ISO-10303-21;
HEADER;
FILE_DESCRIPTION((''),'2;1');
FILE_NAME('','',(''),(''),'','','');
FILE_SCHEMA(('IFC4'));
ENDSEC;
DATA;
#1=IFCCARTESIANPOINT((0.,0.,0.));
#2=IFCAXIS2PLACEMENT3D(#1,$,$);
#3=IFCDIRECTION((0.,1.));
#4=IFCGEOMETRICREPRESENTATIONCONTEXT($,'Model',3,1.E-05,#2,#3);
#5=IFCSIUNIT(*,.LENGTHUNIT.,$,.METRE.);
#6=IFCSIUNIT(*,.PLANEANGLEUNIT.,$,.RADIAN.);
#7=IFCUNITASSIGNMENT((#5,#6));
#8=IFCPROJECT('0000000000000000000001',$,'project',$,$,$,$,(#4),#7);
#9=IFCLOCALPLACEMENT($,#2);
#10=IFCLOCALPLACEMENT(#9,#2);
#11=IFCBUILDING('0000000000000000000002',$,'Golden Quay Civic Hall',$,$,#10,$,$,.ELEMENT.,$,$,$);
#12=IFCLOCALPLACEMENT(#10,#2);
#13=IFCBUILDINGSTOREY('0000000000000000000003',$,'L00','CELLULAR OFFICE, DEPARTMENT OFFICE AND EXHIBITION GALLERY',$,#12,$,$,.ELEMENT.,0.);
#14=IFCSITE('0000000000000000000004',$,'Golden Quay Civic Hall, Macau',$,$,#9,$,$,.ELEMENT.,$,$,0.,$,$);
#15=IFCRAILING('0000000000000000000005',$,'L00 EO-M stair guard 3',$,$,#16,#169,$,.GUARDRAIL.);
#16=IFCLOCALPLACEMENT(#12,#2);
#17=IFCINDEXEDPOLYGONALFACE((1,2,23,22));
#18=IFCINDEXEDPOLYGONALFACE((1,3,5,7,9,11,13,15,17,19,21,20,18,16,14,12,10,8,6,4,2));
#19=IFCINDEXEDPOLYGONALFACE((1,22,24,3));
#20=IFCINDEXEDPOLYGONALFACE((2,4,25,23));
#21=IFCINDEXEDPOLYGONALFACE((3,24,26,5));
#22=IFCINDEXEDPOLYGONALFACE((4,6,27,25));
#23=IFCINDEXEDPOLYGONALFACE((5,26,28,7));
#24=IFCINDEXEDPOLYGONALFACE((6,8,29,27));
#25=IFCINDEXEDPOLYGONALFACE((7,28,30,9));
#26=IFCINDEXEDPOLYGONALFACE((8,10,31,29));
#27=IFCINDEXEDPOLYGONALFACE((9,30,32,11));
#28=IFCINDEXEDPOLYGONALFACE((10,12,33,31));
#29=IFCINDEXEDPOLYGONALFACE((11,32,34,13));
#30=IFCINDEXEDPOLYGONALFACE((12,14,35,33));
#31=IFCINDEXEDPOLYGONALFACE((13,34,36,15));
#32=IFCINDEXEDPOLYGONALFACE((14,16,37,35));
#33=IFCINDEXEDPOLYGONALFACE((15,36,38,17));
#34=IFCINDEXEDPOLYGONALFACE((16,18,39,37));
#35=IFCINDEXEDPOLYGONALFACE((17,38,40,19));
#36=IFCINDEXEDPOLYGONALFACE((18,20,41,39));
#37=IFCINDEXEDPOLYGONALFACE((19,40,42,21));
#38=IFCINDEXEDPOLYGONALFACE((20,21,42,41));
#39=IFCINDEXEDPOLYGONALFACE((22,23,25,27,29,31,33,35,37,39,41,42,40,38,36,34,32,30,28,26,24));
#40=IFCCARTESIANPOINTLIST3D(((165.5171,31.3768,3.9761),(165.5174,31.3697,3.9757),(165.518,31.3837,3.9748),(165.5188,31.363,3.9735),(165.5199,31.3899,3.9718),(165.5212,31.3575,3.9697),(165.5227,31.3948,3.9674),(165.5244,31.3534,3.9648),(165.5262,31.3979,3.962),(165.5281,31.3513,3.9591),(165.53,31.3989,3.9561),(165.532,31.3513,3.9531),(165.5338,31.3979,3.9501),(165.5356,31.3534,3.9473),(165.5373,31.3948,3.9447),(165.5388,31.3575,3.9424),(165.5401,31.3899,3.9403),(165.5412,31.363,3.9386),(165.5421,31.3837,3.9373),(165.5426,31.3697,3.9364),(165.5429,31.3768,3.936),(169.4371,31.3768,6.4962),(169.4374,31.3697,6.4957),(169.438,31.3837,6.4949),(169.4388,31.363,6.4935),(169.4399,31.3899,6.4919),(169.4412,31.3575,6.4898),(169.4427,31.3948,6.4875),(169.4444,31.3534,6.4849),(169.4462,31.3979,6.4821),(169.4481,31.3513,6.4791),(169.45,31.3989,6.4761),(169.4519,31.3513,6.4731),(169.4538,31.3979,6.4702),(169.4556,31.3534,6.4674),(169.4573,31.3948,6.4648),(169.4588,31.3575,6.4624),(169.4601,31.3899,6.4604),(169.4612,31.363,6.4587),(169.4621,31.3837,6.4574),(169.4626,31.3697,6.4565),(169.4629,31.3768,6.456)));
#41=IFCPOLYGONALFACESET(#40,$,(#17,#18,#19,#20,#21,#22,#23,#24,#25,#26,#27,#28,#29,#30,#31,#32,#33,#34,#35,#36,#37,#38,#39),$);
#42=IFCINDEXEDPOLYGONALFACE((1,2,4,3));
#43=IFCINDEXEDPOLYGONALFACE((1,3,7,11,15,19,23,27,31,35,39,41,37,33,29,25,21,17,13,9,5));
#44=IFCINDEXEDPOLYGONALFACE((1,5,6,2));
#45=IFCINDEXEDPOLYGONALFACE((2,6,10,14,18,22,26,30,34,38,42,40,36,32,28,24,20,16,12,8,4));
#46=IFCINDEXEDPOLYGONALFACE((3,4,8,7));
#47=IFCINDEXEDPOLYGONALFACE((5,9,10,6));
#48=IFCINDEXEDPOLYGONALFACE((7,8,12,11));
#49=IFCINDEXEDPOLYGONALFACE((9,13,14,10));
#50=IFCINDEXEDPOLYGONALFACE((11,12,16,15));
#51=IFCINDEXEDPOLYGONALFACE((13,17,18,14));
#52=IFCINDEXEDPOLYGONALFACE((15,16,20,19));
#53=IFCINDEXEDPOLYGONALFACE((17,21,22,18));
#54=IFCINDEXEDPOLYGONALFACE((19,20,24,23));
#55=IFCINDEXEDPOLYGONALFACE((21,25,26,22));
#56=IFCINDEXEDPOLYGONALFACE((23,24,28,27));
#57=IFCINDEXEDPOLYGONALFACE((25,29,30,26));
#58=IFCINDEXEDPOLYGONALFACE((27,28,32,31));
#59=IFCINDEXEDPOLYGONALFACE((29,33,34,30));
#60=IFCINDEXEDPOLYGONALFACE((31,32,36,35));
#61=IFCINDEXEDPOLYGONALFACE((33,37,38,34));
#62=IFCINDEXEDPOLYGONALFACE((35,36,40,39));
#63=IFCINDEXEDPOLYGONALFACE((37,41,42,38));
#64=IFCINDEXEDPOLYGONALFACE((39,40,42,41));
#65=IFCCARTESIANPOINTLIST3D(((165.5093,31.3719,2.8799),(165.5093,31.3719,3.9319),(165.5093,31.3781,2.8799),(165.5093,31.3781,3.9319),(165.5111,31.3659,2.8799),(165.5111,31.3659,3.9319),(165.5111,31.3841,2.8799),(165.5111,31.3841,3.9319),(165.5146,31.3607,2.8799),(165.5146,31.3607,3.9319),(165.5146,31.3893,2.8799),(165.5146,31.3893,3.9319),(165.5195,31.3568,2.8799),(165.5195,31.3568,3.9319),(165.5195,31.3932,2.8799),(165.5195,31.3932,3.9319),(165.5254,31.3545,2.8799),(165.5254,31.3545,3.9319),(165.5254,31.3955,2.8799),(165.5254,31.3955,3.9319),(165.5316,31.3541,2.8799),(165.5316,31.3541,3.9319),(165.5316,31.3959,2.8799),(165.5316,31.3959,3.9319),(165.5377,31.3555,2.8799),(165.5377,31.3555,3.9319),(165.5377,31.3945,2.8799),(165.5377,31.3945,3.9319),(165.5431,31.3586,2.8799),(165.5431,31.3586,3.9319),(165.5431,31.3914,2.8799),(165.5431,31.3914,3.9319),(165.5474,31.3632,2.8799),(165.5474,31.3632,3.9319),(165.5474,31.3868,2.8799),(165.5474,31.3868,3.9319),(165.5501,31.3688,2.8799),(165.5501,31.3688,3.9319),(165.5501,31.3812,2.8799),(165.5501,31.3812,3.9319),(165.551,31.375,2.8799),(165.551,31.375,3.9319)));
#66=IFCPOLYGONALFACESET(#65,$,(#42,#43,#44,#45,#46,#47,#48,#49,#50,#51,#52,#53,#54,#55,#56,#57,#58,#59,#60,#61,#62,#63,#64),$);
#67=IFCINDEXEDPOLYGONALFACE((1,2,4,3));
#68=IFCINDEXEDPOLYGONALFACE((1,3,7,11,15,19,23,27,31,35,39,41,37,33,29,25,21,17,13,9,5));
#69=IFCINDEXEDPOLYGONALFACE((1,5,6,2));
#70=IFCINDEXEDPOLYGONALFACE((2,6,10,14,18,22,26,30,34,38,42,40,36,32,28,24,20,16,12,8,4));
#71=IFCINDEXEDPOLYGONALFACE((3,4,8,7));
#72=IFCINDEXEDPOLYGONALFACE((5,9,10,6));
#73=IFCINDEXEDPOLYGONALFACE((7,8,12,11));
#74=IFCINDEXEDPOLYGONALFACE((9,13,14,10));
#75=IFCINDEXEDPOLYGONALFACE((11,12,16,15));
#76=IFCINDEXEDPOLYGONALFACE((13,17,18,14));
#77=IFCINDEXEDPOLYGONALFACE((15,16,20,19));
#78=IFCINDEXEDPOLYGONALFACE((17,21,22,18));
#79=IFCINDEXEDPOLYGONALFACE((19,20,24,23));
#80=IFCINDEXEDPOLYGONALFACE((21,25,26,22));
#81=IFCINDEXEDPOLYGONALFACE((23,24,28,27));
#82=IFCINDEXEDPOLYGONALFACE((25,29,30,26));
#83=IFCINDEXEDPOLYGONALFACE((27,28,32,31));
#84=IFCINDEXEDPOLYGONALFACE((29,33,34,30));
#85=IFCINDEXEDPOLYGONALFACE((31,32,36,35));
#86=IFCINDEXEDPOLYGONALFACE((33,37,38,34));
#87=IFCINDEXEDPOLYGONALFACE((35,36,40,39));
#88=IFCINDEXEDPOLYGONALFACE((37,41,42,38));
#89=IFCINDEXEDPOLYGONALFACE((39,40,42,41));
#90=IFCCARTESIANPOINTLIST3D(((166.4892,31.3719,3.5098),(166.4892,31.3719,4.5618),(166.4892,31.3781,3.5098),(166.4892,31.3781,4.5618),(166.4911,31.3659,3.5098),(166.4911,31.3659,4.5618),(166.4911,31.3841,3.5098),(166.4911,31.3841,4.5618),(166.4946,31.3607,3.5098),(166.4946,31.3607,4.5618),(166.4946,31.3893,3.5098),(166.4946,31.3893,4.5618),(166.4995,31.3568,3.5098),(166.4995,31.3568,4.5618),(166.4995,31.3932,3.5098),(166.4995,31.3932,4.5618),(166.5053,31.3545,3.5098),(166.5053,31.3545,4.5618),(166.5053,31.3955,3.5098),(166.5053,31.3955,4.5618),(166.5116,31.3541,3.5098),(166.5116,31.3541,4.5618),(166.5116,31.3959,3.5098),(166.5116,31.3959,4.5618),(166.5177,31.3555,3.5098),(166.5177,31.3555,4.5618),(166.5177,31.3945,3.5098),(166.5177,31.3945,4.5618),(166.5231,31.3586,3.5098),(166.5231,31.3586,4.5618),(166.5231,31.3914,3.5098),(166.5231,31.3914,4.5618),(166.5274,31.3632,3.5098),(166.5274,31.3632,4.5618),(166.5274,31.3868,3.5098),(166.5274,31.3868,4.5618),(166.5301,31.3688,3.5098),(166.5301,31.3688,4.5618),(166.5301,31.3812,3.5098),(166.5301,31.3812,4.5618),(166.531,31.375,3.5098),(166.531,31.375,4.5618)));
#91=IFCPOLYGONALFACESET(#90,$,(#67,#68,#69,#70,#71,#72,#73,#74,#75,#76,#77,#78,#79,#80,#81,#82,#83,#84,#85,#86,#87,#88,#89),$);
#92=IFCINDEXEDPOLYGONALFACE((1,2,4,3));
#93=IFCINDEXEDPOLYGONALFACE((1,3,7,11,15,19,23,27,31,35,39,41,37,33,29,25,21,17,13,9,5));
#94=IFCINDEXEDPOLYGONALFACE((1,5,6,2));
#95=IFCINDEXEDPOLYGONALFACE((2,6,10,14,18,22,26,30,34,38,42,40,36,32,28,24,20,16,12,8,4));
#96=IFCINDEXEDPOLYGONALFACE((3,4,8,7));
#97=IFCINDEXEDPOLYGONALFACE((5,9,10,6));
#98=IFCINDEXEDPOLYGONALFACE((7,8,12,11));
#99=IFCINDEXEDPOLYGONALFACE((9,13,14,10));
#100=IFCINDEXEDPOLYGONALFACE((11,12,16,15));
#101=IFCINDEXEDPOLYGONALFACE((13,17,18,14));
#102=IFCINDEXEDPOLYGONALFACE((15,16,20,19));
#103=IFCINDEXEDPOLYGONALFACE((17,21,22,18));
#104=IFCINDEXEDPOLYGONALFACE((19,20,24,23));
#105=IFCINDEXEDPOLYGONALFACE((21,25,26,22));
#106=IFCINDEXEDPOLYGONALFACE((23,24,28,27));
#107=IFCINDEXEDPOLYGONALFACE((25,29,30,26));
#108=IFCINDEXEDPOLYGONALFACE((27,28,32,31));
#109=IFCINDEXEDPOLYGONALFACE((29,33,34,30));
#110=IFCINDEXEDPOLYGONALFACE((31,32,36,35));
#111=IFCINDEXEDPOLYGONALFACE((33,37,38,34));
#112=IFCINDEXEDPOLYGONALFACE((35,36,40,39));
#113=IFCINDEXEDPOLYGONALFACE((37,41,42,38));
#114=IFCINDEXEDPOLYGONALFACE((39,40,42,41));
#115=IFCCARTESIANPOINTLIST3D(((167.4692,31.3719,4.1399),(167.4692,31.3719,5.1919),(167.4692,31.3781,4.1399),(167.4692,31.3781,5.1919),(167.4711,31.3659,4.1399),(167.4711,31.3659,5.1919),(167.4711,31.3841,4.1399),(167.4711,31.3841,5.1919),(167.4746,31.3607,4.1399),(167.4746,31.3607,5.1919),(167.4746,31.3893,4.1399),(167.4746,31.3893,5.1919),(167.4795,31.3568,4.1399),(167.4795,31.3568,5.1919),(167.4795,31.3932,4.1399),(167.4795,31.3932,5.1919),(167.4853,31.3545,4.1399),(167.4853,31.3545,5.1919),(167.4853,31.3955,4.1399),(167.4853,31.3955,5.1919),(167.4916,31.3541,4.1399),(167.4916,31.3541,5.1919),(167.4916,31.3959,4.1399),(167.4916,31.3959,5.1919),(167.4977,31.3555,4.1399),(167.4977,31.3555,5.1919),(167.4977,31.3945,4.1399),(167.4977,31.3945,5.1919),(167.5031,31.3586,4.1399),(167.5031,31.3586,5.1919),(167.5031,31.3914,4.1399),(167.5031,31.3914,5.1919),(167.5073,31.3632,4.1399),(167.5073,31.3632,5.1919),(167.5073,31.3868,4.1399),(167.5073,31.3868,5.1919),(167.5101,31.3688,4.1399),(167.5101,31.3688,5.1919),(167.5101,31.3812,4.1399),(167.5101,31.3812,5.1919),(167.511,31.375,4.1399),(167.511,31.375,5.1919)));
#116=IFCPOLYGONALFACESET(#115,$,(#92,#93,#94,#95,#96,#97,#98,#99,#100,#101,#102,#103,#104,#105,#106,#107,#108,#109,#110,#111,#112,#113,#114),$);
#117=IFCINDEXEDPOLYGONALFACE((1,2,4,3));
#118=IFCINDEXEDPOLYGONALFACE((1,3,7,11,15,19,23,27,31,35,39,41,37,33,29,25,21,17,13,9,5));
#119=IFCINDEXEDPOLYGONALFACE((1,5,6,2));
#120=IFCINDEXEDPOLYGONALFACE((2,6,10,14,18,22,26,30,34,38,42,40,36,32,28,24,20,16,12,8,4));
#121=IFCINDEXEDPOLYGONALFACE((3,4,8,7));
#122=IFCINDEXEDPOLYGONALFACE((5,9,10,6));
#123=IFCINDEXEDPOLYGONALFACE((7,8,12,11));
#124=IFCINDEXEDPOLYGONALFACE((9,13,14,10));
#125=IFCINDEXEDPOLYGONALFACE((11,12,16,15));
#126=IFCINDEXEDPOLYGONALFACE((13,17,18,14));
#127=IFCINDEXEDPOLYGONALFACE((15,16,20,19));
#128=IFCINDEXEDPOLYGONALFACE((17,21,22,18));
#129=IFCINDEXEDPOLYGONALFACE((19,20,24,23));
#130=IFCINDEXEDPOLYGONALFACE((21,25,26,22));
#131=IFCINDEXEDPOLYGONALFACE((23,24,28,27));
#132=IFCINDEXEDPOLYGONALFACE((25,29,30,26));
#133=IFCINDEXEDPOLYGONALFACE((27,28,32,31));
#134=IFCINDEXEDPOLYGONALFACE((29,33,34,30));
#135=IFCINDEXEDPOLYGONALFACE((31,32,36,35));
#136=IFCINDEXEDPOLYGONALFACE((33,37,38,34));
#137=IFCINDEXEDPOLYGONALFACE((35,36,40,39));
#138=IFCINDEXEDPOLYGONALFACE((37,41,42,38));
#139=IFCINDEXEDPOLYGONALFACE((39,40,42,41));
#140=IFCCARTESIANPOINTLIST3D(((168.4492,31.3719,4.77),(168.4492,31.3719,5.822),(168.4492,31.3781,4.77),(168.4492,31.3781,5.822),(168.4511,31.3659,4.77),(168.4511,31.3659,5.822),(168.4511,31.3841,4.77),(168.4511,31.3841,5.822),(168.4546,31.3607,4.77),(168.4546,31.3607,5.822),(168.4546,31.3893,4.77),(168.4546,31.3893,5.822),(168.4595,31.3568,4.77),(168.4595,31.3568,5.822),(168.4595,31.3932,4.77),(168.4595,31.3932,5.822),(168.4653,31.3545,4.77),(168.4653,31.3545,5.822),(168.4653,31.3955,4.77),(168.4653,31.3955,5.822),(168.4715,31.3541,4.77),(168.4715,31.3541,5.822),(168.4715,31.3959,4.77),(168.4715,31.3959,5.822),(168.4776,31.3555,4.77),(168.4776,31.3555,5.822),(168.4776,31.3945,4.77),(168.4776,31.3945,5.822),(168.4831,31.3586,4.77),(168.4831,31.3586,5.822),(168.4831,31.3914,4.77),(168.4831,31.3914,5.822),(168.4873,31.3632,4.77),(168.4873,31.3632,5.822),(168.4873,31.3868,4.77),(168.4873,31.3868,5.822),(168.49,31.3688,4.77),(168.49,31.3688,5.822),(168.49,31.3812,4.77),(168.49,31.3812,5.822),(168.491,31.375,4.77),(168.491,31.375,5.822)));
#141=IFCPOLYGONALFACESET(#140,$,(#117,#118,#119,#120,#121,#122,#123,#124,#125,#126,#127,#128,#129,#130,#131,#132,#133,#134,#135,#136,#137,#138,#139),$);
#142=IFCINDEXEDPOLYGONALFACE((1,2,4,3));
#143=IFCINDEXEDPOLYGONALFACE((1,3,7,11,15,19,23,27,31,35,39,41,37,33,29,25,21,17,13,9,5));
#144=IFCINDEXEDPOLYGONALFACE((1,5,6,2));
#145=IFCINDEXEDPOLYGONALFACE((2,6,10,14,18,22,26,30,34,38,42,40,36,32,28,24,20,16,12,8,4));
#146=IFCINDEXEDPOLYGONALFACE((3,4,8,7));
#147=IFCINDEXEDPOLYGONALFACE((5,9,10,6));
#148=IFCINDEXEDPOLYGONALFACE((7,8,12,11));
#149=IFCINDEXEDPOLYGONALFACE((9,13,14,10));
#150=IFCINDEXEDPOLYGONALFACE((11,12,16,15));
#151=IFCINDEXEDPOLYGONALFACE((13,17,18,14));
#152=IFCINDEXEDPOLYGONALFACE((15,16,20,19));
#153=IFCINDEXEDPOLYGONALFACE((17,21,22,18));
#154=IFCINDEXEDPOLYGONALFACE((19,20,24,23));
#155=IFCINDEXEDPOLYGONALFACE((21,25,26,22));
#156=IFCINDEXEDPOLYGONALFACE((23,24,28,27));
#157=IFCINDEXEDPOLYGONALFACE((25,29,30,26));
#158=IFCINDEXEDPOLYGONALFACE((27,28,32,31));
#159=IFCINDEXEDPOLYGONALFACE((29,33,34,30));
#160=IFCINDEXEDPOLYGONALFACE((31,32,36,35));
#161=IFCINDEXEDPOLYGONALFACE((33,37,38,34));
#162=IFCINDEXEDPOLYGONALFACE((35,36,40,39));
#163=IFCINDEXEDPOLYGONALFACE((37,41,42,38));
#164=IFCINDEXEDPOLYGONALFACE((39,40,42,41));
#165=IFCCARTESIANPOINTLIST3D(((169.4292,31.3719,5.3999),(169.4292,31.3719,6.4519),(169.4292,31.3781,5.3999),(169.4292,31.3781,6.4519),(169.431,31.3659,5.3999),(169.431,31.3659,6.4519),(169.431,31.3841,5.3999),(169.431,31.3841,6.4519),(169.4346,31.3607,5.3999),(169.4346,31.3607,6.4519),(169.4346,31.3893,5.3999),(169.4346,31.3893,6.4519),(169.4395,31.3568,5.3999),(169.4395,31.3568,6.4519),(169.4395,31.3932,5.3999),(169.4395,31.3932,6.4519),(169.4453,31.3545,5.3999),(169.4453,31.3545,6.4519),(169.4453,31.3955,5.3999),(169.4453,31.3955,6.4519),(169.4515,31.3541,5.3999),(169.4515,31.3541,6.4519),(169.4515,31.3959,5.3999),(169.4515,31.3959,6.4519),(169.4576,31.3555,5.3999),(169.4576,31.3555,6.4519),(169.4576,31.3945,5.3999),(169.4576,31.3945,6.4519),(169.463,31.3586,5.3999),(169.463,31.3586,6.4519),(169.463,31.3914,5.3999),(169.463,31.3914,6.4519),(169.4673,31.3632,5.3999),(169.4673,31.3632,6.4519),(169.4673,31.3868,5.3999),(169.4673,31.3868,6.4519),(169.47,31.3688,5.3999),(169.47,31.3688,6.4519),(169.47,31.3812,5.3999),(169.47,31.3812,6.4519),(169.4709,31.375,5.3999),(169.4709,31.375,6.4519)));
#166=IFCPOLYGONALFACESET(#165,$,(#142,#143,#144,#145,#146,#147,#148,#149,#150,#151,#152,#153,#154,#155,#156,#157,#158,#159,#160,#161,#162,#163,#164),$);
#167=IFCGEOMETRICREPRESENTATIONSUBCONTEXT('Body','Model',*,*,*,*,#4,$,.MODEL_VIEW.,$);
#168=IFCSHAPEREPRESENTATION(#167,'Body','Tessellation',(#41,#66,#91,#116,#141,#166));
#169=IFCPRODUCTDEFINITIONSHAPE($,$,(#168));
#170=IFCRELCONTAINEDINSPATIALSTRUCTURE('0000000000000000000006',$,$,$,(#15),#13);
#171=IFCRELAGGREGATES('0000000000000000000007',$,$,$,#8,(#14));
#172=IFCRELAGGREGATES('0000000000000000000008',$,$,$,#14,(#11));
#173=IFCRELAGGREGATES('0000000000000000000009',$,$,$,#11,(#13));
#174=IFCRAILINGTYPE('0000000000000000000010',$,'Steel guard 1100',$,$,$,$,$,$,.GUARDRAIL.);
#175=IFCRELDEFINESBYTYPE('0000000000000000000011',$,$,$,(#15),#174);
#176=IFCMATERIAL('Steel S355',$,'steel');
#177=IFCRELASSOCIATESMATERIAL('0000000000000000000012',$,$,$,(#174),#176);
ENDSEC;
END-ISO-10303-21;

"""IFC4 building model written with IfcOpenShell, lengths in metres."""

from ifc_helpers import new_model, si_unit, direction, frame, origin, origin_2d, place, context, subcontext, project, spatial, circle, extrude, material, type_object, element, save


model = new_model("IFC4")

# Units and contexts
model_context = context("Model", 3, precision=1e-05, world=origin(), true_north=direction((0.0, 1.0)))
body_context = subcontext(model_context, "Body", "Model", "MODEL_VIEW")
ifc_project = project(units=[si_unit("LENGTHUNIT", "METRE"), si_unit("PLANEANGLEUNIT", "RADIAN")], contexts=[model_context])

# Site, building, storey
site_placement = place(None, origin())
site = spatial("IfcSite", under=ifc_project, at=site_placement, Name="Golden Quay Civic Hall, Macau", CompositionType="ELEMENT", RefElevation=0.0)
building_placement = place(site_placement, origin())
building = spatial("IfcBuilding", under=site, at=building_placement, Name="Golden Quay Civic Hall", CompositionType="ELEMENT")
storey_placement = place(building_placement, origin())
storey = spatial("IfcBuildingStorey", under=building, at=storey_placement, Name="L00", Description="CELLULAR OFFICE, DEPARTMENT OFFICE AND EXHIBITION GALLERY", CompositionType="ELEMENT", Elevation=0.0)

# Railing
ifc_material_1 = material(Name="Steel S355", Category="steel")
railing_type_1 = type_object("IfcRailingType", Name="Steel guard 1100", PredefinedType="GUARDRAIL", material=ifc_material_1)
railing_1_placement = place(storey_placement, frame((165.53, 31.375, 2.8799)))
element("IfcRailing", 1, at=railing_1_placement, inside=storey, type_object=railing_type_1, Name="L00 EO-M stair guard 3", PredefinedType="GUARDRAIL", context=body_context, shape_type="SweptSolid", body=[
    extrude(circle(Radius=0.0239, at=origin_2d()), frame((0.0, 0.0, 1.0762), z_axis=(0.841172, 0.0, 0.540768), x_axis=(0.0, 1.0, 0.0)), (0.0, 0.0, 1.0), 4.6602),
    extrude(circle(Radius=0.021, at=origin_2d()), origin(), (0.0, 0.0, 1.0), 1.052),
    extrude(circle(Radius=0.021, at=origin_2d()), frame((0.98, 0.0, 0.6299)), (0.0, 0.0, 1.0), 1.052),
    extrude(circle(Radius=0.021, at=origin_2d()), frame((1.96, 0.0, 1.26)), (0.0, 0.0, 1.0), 1.052),
    extrude(circle(Radius=0.021, at=origin_2d()), frame((2.9399, 0.0, 1.8901)), (0.0, 0.0, 1.0), 1.052),
    extrude(circle(Radius=0.021, at=origin_2d()), frame((3.9199, 0.0, 2.52)), (0.0, 0.0, 1.0), 1.052),
])

save(model, "model.ifc")
